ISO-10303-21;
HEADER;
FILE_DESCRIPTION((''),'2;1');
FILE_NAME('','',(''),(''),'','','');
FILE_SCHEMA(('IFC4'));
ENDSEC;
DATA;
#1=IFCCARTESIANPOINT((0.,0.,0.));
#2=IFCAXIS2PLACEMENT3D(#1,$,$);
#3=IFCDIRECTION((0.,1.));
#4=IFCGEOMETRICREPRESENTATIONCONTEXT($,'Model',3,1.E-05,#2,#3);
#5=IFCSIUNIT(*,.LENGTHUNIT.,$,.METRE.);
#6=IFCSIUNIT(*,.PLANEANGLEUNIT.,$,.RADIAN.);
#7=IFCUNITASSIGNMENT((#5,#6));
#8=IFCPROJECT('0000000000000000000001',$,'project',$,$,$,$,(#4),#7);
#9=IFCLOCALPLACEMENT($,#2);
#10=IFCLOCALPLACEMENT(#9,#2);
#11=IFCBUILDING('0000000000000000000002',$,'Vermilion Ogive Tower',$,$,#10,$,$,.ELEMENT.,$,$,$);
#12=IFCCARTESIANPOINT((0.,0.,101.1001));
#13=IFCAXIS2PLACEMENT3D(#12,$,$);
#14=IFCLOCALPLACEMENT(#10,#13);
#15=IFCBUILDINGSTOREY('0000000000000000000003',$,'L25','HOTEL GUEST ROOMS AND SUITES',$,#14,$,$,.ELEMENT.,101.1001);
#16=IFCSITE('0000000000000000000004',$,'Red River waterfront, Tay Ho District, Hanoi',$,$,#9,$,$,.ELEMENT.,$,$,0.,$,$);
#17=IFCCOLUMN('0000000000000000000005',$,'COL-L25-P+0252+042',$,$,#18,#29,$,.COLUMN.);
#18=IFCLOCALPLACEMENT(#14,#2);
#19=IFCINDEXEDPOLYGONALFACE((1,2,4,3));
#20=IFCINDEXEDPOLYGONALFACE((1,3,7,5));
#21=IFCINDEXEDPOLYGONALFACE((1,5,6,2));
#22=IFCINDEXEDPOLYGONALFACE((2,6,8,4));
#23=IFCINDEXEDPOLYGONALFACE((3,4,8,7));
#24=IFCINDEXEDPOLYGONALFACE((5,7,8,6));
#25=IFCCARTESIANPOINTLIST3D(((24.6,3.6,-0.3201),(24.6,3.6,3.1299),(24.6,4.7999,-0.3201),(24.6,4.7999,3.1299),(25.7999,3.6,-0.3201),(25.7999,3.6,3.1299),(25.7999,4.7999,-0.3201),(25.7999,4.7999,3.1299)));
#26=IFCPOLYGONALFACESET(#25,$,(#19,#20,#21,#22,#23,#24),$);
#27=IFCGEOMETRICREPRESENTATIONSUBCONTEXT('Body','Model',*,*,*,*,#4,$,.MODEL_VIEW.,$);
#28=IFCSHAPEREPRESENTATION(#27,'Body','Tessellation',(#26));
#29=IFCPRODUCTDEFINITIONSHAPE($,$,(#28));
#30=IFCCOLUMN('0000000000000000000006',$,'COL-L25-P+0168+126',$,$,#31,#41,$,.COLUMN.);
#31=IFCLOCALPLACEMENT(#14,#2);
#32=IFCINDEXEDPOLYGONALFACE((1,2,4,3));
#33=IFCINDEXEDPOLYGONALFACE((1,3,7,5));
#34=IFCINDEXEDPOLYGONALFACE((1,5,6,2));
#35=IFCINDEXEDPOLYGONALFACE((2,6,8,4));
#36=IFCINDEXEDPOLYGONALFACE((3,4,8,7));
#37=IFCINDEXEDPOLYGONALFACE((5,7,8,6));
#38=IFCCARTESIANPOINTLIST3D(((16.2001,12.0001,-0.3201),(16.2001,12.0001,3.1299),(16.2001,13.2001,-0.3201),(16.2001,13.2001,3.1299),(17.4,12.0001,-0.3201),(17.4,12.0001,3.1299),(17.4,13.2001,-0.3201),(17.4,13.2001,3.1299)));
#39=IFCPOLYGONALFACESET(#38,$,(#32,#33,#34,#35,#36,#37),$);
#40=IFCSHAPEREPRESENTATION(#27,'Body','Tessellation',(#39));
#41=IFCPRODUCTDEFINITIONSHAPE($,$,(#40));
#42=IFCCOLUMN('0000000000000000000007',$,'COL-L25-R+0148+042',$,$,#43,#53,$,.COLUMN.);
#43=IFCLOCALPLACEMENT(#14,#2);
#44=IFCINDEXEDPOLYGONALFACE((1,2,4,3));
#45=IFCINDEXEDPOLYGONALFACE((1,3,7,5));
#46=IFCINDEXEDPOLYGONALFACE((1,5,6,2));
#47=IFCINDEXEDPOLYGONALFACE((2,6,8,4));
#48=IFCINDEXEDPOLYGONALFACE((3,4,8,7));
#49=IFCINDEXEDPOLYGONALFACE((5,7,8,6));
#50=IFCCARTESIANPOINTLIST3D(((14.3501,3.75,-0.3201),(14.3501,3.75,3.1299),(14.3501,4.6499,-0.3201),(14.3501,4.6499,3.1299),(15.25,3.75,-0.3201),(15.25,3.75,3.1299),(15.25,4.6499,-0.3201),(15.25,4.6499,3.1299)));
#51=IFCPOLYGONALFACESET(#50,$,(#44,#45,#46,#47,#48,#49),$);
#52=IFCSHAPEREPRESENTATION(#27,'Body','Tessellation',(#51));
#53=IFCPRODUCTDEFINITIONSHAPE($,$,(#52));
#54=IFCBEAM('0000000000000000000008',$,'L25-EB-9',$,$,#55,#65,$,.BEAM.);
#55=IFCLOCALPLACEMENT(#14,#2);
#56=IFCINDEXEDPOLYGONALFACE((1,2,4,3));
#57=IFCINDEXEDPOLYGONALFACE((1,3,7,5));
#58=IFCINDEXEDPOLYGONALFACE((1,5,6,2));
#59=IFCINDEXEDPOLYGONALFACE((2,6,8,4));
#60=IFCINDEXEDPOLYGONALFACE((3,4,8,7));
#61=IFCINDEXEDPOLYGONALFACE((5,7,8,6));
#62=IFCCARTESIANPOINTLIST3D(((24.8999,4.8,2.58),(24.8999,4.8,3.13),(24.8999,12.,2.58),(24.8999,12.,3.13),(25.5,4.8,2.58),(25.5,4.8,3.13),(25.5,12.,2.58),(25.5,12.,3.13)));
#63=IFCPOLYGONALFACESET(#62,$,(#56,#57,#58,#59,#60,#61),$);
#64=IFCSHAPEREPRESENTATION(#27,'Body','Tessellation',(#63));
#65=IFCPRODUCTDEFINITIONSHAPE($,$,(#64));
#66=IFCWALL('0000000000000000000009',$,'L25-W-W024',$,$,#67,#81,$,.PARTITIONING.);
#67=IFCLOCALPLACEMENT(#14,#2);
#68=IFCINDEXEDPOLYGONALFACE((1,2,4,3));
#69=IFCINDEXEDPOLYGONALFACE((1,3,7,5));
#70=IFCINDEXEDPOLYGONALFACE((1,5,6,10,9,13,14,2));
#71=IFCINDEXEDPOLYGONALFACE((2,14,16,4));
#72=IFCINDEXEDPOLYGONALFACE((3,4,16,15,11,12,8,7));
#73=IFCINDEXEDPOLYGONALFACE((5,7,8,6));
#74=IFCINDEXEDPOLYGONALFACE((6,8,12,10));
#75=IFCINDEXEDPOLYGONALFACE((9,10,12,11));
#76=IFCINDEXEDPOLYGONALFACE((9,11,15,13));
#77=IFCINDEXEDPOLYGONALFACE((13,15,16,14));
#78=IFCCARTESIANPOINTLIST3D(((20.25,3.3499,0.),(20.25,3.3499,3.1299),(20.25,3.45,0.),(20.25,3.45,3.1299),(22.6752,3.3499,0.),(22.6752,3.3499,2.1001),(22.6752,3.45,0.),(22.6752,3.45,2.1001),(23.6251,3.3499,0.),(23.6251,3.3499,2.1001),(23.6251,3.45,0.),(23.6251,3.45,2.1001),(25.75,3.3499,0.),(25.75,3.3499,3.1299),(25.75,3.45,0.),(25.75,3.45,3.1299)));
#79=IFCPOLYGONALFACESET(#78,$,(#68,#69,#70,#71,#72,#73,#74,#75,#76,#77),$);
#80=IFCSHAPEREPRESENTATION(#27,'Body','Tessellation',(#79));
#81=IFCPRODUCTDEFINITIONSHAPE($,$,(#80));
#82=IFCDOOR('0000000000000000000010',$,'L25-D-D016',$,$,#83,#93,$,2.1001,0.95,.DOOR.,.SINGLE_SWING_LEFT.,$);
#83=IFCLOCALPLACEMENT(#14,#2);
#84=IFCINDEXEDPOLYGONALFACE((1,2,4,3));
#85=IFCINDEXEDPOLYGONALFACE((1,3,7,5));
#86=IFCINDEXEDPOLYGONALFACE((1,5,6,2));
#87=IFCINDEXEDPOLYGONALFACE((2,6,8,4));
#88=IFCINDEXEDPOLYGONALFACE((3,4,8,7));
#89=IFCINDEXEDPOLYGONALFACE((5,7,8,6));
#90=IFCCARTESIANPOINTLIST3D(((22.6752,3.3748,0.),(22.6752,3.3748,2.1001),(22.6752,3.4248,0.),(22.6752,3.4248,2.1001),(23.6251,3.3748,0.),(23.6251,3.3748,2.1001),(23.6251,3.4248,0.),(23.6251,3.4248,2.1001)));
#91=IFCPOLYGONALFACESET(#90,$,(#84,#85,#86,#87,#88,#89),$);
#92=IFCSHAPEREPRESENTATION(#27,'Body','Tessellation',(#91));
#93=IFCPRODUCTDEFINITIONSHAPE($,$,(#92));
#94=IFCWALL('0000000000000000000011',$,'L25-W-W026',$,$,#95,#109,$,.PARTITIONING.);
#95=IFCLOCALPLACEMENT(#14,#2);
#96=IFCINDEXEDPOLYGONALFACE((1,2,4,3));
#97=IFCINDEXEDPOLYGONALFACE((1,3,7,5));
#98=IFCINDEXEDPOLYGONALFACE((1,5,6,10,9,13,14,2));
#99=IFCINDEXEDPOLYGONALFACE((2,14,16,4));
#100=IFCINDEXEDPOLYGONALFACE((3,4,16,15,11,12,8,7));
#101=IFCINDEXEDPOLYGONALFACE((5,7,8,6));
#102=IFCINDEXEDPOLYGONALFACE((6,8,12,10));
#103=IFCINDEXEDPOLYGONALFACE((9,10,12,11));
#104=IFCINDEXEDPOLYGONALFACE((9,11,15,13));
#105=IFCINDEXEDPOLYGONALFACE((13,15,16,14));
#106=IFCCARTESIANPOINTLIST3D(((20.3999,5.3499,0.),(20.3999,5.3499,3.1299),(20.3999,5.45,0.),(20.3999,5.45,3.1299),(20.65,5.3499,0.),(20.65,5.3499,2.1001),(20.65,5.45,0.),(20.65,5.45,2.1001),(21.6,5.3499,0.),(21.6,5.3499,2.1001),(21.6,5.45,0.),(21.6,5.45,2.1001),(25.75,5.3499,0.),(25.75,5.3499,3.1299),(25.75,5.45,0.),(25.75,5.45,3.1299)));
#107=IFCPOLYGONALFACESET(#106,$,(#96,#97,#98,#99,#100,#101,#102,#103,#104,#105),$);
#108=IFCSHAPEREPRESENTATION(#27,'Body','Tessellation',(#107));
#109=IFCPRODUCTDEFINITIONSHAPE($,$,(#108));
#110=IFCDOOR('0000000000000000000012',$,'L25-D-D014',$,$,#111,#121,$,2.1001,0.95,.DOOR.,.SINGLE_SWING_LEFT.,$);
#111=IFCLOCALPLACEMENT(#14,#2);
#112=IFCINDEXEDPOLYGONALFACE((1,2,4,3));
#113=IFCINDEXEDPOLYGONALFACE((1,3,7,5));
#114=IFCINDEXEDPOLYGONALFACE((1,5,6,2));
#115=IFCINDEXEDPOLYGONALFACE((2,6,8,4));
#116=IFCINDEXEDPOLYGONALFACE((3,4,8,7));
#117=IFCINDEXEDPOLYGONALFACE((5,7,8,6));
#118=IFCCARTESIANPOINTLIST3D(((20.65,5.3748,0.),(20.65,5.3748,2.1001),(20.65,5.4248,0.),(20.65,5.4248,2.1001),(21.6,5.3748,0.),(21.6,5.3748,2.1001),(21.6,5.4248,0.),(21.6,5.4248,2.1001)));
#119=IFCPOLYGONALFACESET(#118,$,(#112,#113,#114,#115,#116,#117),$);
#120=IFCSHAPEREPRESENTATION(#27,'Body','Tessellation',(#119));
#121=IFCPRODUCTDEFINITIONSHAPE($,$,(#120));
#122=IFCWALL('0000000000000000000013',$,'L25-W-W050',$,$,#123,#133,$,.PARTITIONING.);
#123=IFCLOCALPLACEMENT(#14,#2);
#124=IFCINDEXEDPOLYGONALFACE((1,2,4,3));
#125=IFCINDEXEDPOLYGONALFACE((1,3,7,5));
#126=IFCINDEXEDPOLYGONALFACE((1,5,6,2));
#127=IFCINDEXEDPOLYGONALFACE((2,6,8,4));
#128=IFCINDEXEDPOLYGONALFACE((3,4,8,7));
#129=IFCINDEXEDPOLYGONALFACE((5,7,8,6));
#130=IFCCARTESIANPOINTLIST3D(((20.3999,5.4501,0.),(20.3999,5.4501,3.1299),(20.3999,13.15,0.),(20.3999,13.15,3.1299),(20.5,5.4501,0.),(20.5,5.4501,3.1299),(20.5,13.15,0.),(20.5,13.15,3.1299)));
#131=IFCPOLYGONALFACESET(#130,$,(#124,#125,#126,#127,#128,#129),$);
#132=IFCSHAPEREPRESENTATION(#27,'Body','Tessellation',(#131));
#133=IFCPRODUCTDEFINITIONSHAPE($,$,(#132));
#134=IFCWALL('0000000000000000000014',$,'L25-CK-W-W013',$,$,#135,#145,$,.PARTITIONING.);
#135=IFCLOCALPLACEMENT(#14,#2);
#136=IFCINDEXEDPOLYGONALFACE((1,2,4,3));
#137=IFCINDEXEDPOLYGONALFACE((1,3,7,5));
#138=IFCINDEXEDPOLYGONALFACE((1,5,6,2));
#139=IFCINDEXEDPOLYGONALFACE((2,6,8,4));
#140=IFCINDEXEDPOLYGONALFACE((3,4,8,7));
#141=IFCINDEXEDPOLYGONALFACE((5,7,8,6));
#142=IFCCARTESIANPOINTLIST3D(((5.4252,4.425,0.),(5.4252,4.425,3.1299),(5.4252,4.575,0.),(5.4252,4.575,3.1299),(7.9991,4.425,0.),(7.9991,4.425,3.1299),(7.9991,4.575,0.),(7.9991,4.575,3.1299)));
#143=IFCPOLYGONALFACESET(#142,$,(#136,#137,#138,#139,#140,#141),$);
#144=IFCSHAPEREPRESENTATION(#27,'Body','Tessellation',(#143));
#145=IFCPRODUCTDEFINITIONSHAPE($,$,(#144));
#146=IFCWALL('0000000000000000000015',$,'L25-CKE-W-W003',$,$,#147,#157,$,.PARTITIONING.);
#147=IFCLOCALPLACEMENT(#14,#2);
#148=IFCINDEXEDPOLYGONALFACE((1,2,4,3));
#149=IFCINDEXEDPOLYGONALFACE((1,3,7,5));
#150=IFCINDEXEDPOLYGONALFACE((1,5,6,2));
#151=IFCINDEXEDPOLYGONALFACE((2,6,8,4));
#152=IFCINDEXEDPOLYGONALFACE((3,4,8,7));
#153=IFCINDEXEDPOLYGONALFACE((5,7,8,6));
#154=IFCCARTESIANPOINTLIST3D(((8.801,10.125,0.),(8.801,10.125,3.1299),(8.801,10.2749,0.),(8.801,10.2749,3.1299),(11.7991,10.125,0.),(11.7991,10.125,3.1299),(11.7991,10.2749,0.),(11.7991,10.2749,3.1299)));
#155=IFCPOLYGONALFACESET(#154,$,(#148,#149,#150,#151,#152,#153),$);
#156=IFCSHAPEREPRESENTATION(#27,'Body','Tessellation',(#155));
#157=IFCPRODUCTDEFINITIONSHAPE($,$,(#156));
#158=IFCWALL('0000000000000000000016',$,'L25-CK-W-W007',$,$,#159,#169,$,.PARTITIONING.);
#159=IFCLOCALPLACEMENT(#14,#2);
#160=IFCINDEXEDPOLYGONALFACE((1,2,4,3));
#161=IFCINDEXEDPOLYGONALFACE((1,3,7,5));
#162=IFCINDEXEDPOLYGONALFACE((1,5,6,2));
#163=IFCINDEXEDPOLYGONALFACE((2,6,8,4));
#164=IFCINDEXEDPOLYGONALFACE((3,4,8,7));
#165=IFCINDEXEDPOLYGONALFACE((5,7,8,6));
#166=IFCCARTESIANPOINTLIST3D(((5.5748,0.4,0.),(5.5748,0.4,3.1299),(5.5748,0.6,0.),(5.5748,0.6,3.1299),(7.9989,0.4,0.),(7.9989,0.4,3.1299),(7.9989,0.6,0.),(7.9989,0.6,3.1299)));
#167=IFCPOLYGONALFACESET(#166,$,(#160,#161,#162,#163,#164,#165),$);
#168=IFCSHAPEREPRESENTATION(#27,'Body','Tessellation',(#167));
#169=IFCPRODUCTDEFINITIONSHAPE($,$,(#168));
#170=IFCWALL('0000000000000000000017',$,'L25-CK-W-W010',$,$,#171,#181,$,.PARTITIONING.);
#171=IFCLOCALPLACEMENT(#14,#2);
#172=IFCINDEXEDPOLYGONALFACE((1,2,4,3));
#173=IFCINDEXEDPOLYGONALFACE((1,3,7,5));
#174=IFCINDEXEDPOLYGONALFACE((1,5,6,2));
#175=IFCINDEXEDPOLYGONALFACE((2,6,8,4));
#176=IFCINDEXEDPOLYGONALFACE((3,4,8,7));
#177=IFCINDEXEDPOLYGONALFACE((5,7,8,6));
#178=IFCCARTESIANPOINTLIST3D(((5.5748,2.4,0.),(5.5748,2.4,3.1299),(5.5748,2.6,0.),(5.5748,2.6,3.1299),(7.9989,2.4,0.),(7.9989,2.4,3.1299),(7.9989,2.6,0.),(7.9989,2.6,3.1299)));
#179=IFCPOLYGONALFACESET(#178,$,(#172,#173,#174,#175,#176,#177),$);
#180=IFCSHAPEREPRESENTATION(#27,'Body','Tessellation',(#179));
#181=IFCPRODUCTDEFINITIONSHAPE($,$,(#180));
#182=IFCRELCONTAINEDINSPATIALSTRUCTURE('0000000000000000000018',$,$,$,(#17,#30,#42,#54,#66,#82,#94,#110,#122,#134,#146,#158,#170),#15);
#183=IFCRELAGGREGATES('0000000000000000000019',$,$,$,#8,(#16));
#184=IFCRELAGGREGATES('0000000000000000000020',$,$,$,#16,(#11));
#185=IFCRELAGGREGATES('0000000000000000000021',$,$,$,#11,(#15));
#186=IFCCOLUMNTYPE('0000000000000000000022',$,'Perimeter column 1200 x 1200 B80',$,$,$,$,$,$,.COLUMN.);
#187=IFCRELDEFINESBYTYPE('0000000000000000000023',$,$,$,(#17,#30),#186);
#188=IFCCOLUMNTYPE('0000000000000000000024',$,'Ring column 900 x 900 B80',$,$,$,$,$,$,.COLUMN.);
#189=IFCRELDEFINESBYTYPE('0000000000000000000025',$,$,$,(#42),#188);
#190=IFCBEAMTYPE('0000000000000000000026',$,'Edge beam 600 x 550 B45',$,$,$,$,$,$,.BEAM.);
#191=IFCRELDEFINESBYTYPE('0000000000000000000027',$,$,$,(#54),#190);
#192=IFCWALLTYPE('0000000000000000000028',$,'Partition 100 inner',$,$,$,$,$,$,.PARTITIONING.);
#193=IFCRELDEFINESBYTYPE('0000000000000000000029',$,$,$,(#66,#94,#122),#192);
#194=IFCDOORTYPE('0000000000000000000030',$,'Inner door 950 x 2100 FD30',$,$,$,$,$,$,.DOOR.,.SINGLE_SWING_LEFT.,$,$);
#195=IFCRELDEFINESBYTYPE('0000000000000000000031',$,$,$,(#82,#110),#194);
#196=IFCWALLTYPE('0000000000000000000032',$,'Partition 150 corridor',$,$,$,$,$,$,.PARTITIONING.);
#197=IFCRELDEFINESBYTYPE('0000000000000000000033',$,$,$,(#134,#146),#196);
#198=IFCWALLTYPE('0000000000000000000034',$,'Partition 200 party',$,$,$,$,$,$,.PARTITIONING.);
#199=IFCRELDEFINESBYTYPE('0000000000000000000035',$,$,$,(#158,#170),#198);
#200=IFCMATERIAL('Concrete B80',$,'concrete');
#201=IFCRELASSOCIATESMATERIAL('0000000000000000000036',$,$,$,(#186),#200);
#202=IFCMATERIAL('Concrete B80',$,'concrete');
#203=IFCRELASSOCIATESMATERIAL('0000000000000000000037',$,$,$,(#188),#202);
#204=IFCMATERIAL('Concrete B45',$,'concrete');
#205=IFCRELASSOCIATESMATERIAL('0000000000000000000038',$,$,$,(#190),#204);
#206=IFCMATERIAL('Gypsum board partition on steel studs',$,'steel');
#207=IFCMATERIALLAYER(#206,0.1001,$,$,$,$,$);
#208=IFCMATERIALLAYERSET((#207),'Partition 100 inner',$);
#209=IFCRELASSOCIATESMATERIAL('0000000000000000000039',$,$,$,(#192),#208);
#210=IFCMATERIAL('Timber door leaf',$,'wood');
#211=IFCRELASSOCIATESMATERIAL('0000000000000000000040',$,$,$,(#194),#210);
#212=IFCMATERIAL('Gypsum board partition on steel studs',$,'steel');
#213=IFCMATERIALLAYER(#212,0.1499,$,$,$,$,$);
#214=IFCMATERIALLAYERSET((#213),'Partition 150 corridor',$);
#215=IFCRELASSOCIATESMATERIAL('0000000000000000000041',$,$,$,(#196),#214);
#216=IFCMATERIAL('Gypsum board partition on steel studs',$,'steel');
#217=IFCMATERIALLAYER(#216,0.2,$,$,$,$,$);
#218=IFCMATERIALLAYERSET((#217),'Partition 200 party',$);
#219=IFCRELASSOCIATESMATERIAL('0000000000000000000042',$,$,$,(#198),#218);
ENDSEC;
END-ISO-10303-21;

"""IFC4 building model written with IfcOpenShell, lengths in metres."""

from ifc_helpers import new_model, si_unit, direction, frame, frame_2d, origin, origin_2d, place, context, subcontext, project, spatial, rectangle, extrude, material, layer, layer_set, material_profile, profile_set, type_object, element, fill, save


model = new_model("IFC4")

# Units and contexts
model_context = context("Model", 3, precision=1e-05, world=origin(), true_north=direction((0.0, 1.0)))
body_context = subcontext(model_context, "Body", "Model", "MODEL_VIEW")
ifc_project = project(units=[si_unit("LENGTHUNIT", "METRE"), si_unit("PLANEANGLEUNIT", "RADIAN")], contexts=[model_context])

# Site, building, storey
site_placement = place(None, origin())
site = spatial("IfcSite", under=ifc_project, at=site_placement, Name="Red River waterfront, Tay Ho District, Hanoi", CompositionType="ELEMENT", RefElevation=0.0)
building_placement = place(site_placement, origin())
building = spatial("IfcBuilding", under=site, at=building_placement, Name="Vermilion Ogive Tower", CompositionType="ELEMENT")
storey_placement = place(building_placement, frame((0.0, 0.0, 101.1001)))
storey = spatial("IfcBuildingStorey", under=building, at=storey_placement, Name="L25", Description="HOTEL GUEST ROOMS AND SUITES", CompositionType="ELEMENT", Elevation=101.1001)

# Columns
ifc_material_1 = material(Name="Concrete B80", Category="concrete")
ifc_material_profile_1 = material_profile(ifc_material_1, rectangle(XDim=1.2, YDim=1.2, at=origin_2d()), Name="1200 x 1200")
ifc_profile_set_1 = profile_set([ifc_material_profile_1], Name="Concrete B80")
column_type_1 = type_object("IfcColumnType", Name="Perimeter column 1200 x 1200 B80", PredefinedType="COLUMN", material=ifc_profile_set_1)
for number, where, z_axis, x_axis, name in (
    (1, (25.2, 4.2, -0.3201), (0.0, 0.0, 1.0), (1.0, 0.0, 0.0), "COL-L25-P+0252+042"),
    (2, (16.8, 12.6001, -0.3201), (0.0, 0.0, 1.0), (1.0, 0.0, 0.0), "COL-L25-P+0168+126"),
):
    element("IfcColumn", number, at=place(storey_placement, frame(where, z_axis=z_axis, x_axis=x_axis)), inside=storey, type_object=column_type_1, Name=name, PredefinedType="COLUMN", context=body_context, shape_type="SweptSolid", body=[
        extrude(rectangle(XDim=1.2, YDim=1.2, at=origin_2d()), origin(), (0.0, 0.0, 1.0), 3.45),
    ])
ifc_material_2 = material(Name="Concrete B80", Category="concrete")
ifc_material_profile_2 = material_profile(ifc_material_2, rectangle(XDim=0.8999, YDim=0.8999, at=origin_2d()), Name="900 x 900")
ifc_profile_set_2 = profile_set([ifc_material_profile_2], Name="Concrete B80")
column_type_2 = type_object("IfcColumnType", Name="Ring column 900 x 900 B80", PredefinedType="COLUMN", material=ifc_profile_set_2)
column_placement = place(storey_placement, frame((14.8, 4.2, -0.3201), z_axis=(0.0, 0.0, 1.0), x_axis=(1.0, 0.0, 0.0)))
element("IfcColumn", 3, at=column_placement, inside=storey, type_object=column_type_2, Name="COL-L25-R+0148+042", PredefinedType="COLUMN", context=body_context, shape_type="SweptSolid", body=[
    extrude(rectangle(XDim=0.8999, YDim=0.8999, at=origin_2d()), origin(), (0.0, 0.0, 1.0), 3.45),
])

# Beam
ifc_material_3 = material(Name="Concrete B45", Category="concrete")
ifc_material_profile_3 = material_profile(ifc_material_3, rectangle(XDim=0.6001, YDim=0.55, at=origin_2d()), Name="600 x 550")
ifc_profile_set_3 = profile_set([ifc_material_profile_3], Name="Concrete B45")
beam_type = type_object("IfcBeamType", Name="Edge beam 600 x 550 B45", PredefinedType="BEAM", material=ifc_profile_set_3)
beam_placement = place(storey_placement, frame((25.2, 4.8, 2.855), z_axis=(0.0, 1.0, 0.0), x_axis=(-1.0, 0.0, 0.0)))
element("IfcBeam", 4, at=beam_placement, inside=storey, type_object=beam_type, Name="L25-EB-9", PredefinedType="BEAM", context=body_context, shape_type="SweptSolid", body=[
    extrude(rectangle(XDim=0.6001, YDim=0.55, at=origin_2d()), origin(), (0.0, 0.0, 1.0), 7.2),
])

# Walls, openings, doors
ifc_material_4 = material(Name="Gypsum board partition on steel studs", Category="steel")
ifc_layer_1 = layer(ifc_material_4, 0.1001)
ifc_layer_set_1 = layer_set([ifc_layer_1], Name="Partition 100 inner")
wall_type_1 = type_object("IfcWallType", Name="Partition 100 inner", PredefinedType="PARTITIONING", material=ifc_layer_set_1)
wall_1_placement = place(storey_placement, frame((20.25, 3.3999, 0.0), z_axis=(0.0, 0.0, 1.0), x_axis=(1.0, 0.0, 0.0)))
wall_1 = element("IfcWall", 5, at=wall_1_placement, inside=storey, type_object=wall_type_1, Name="L25-W-W024", PredefinedType="PARTITIONING", context=body_context, shape_type="SweptSolid", body=[
    extrude(rectangle(XDim=5.5, YDim=0.1001, at=frame_2d((2.75, 0.0))), origin(), (0.0, 0.0, 1.0), 3.1299),
])
opening_1_placement = place(wall_1_placement, frame((2.425, 0.0, 0.0)))
opening_1 = element("IfcOpeningElement", 6, at=opening_1_placement, cuts=wall_1, PredefinedType="OPENING", context=body_context, shape_type="SweptSolid", body=[
    extrude(rectangle(XDim=0.95, YDim=2.1001, at=frame_2d((0.4751, 1.05))), frame((0.0, 0.0601, 0.0), z_axis=(0.0, -1.0, 0.0), x_axis=(1.0, 0.0, 0.0)), (0.0, 0.0, 1.0), 0.1201),
])
ifc_material_5 = material(Name="Timber door leaf", Category="wood")
door_type_1 = type_object("IfcDoorType", Name="Inner door 950 x 2100 FD30", OperationType="SINGLE_SWING_LEFT", PredefinedType="DOOR", material=ifc_material_5)
door_1_placement = place(opening_1_placement, origin())
door_1 = element("IfcDoor", 7, at=door_1_placement, inside=storey, type_object=door_type_1, Name="L25-D-D016", OperationType="SINGLE_SWING_LEFT", OverallHeight=2.1001, OverallWidth=0.95, PredefinedType="DOOR", context=body_context, shape_type="SweptSolid", body=[
    extrude(rectangle(XDim=0.95, YDim=2.1001, at=frame_2d((0.4751, 1.05))), frame((0.0, 0.0249, 0.0), z_axis=(0.0, -1.0, 0.0), x_axis=(1.0, 0.0, 0.0)), (0.0, 0.0, 1.0), 0.05),
])
fill(opening_1, door_1)
wall_2_placement = place(storey_placement, frame((20.3999, 5.3999, 0.0), z_axis=(0.0, 0.0, 1.0), x_axis=(1.0, 0.0, 0.0)))
wall_2 = element("IfcWall", 8, at=wall_2_placement, inside=storey, type_object=wall_type_1, Name="L25-W-W026", PredefinedType="PARTITIONING", context=body_context, shape_type="SweptSolid", body=[
    extrude(rectangle(XDim=5.3501, YDim=0.1001, at=frame_2d((2.675, 0.0))), origin(), (0.0, 0.0, 1.0), 3.1299),
])
opening_2_placement = place(wall_2_placement, frame((0.25, 0.0, 0.0)))
opening_2 = element("IfcOpeningElement", 9, at=opening_2_placement, cuts=wall_2, PredefinedType="OPENING", context=body_context, shape_type="SweptSolid", body=[
    extrude(rectangle(XDim=0.95, YDim=2.1001, at=frame_2d((0.4751, 1.05))), frame((0.0, 0.0601, 0.0), z_axis=(0.0, -1.0, 0.0), x_axis=(1.0, 0.0, 0.0)), (0.0, 0.0, 1.0), 0.1201),
])
door_2_placement = place(opening_2_placement, origin())
door_2 = element("IfcDoor", 10, at=door_2_placement, inside=storey, type_object=door_type_1, Name="L25-D-D014", OperationType="SINGLE_SWING_LEFT", OverallHeight=2.1001, OverallWidth=0.95, PredefinedType="DOOR", context=body_context, shape_type="SweptSolid", body=[
    extrude(rectangle(XDim=0.95, YDim=2.1001, at=frame_2d((0.4751, 1.05))), frame((0.0, 0.0249, 0.0), z_axis=(0.0, -1.0, 0.0), x_axis=(1.0, 0.0, 0.0)), (0.0, 0.0, 1.0), 0.05),
])
fill(opening_2, door_2)

# Walls
wall_3_placement = place(storey_placement, frame((20.45, 5.45, 0.0), z_axis=(0.0, 0.0, 1.0), x_axis=(0.0, 1.0, 0.0)))
element("IfcWall", 11, at=wall_3_placement, inside=storey, type_object=wall_type_1, Name="L25-W-W050", PredefinedType="PARTITIONING", context=body_context, shape_type="SweptSolid", body=[
    extrude(rectangle(XDim=7.7, YDim=0.1001, at=frame_2d((3.8501, 0.0))), origin(), (0.0, 0.0, 1.0), 3.1299),
])
ifc_material_6 = material(Name="Gypsum board partition on steel studs", Category="steel")
ifc_layer_2 = layer(ifc_material_6, 0.1499)
ifc_layer_set_2 = layer_set([ifc_layer_2], Name="Partition 150 corridor")
wall_type_2 = type_object("IfcWallType", Name="Partition 150 corridor", PredefinedType="PARTITIONING", material=ifc_layer_set_2)
wall_4_placement = place(storey_placement, frame((5.425, 4.5, 0.0), z_axis=(0.0, 0.0, 1.0), x_axis=(1.0, 0.0, 0.0)))
element("IfcWall", 12, at=wall_4_placement, inside=storey, type_object=wall_type_2, Name="L25-CK-W-W013", PredefinedType="PARTITIONING", context=body_context, shape_type="SweptSolid", body=[
    extrude(rectangle(XDim=2.574, YDim=0.1499, at=frame_2d((1.2871, 0.0))), origin(), (0.0, 0.0, 1.0), 3.1299),
])
wall_5_placement = place(storey_placement, frame((8.801, 10.2, 0.0), z_axis=(0.0, 0.0, 1.0), x_axis=(1.0, 0.0, 0.0)))
element("IfcWall", 13, at=wall_5_placement, inside=storey, type_object=wall_type_2, Name="L25-CKE-W-W003", PredefinedType="PARTITIONING", context=body_context, shape_type="SweptSolid", body=[
    extrude(rectangle(XDim=2.998, YDim=0.1499, at=frame_2d((1.499, 0.0))), origin(), (0.0, 0.0, 1.0), 3.1299),
])
ifc_material_7 = material(Name="Gypsum board partition on steel studs", Category="steel")
ifc_layer_3 = layer(ifc_material_7, 0.2)
ifc_layer_set_3 = layer_set([ifc_layer_3], Name="Partition 200 party")
wall_type_3 = type_object("IfcWallType", Name="Partition 200 party", PredefinedType="PARTITIONING", material=ifc_layer_set_3)
for number, where, z_axis, x_axis, name in (
    (14, (5.575, 0.5, 0.0), (0.0, 0.0, 1.0), (1.0, 0.0, 0.0), "L25-CK-W-W007"),
    (15, (5.575, 2.5, 0.0), (0.0, 0.0, 1.0), (1.0, 0.0, 0.0), "L25-CK-W-W010"),
):
    element("IfcWall", number, at=place(storey_placement, frame(where, z_axis=z_axis, x_axis=x_axis)), inside=storey, type_object=wall_type_3, Name=name, PredefinedType="PARTITIONING", context=body_context, shape_type="SweptSolid", body=[
        extrude(rectangle(XDim=2.4241, YDim=0.2, at=frame_2d((1.2119, 0.0))), origin(), (0.0, 0.0, 1.0), 3.1299),
    ])

save(model, "model.ifc")
